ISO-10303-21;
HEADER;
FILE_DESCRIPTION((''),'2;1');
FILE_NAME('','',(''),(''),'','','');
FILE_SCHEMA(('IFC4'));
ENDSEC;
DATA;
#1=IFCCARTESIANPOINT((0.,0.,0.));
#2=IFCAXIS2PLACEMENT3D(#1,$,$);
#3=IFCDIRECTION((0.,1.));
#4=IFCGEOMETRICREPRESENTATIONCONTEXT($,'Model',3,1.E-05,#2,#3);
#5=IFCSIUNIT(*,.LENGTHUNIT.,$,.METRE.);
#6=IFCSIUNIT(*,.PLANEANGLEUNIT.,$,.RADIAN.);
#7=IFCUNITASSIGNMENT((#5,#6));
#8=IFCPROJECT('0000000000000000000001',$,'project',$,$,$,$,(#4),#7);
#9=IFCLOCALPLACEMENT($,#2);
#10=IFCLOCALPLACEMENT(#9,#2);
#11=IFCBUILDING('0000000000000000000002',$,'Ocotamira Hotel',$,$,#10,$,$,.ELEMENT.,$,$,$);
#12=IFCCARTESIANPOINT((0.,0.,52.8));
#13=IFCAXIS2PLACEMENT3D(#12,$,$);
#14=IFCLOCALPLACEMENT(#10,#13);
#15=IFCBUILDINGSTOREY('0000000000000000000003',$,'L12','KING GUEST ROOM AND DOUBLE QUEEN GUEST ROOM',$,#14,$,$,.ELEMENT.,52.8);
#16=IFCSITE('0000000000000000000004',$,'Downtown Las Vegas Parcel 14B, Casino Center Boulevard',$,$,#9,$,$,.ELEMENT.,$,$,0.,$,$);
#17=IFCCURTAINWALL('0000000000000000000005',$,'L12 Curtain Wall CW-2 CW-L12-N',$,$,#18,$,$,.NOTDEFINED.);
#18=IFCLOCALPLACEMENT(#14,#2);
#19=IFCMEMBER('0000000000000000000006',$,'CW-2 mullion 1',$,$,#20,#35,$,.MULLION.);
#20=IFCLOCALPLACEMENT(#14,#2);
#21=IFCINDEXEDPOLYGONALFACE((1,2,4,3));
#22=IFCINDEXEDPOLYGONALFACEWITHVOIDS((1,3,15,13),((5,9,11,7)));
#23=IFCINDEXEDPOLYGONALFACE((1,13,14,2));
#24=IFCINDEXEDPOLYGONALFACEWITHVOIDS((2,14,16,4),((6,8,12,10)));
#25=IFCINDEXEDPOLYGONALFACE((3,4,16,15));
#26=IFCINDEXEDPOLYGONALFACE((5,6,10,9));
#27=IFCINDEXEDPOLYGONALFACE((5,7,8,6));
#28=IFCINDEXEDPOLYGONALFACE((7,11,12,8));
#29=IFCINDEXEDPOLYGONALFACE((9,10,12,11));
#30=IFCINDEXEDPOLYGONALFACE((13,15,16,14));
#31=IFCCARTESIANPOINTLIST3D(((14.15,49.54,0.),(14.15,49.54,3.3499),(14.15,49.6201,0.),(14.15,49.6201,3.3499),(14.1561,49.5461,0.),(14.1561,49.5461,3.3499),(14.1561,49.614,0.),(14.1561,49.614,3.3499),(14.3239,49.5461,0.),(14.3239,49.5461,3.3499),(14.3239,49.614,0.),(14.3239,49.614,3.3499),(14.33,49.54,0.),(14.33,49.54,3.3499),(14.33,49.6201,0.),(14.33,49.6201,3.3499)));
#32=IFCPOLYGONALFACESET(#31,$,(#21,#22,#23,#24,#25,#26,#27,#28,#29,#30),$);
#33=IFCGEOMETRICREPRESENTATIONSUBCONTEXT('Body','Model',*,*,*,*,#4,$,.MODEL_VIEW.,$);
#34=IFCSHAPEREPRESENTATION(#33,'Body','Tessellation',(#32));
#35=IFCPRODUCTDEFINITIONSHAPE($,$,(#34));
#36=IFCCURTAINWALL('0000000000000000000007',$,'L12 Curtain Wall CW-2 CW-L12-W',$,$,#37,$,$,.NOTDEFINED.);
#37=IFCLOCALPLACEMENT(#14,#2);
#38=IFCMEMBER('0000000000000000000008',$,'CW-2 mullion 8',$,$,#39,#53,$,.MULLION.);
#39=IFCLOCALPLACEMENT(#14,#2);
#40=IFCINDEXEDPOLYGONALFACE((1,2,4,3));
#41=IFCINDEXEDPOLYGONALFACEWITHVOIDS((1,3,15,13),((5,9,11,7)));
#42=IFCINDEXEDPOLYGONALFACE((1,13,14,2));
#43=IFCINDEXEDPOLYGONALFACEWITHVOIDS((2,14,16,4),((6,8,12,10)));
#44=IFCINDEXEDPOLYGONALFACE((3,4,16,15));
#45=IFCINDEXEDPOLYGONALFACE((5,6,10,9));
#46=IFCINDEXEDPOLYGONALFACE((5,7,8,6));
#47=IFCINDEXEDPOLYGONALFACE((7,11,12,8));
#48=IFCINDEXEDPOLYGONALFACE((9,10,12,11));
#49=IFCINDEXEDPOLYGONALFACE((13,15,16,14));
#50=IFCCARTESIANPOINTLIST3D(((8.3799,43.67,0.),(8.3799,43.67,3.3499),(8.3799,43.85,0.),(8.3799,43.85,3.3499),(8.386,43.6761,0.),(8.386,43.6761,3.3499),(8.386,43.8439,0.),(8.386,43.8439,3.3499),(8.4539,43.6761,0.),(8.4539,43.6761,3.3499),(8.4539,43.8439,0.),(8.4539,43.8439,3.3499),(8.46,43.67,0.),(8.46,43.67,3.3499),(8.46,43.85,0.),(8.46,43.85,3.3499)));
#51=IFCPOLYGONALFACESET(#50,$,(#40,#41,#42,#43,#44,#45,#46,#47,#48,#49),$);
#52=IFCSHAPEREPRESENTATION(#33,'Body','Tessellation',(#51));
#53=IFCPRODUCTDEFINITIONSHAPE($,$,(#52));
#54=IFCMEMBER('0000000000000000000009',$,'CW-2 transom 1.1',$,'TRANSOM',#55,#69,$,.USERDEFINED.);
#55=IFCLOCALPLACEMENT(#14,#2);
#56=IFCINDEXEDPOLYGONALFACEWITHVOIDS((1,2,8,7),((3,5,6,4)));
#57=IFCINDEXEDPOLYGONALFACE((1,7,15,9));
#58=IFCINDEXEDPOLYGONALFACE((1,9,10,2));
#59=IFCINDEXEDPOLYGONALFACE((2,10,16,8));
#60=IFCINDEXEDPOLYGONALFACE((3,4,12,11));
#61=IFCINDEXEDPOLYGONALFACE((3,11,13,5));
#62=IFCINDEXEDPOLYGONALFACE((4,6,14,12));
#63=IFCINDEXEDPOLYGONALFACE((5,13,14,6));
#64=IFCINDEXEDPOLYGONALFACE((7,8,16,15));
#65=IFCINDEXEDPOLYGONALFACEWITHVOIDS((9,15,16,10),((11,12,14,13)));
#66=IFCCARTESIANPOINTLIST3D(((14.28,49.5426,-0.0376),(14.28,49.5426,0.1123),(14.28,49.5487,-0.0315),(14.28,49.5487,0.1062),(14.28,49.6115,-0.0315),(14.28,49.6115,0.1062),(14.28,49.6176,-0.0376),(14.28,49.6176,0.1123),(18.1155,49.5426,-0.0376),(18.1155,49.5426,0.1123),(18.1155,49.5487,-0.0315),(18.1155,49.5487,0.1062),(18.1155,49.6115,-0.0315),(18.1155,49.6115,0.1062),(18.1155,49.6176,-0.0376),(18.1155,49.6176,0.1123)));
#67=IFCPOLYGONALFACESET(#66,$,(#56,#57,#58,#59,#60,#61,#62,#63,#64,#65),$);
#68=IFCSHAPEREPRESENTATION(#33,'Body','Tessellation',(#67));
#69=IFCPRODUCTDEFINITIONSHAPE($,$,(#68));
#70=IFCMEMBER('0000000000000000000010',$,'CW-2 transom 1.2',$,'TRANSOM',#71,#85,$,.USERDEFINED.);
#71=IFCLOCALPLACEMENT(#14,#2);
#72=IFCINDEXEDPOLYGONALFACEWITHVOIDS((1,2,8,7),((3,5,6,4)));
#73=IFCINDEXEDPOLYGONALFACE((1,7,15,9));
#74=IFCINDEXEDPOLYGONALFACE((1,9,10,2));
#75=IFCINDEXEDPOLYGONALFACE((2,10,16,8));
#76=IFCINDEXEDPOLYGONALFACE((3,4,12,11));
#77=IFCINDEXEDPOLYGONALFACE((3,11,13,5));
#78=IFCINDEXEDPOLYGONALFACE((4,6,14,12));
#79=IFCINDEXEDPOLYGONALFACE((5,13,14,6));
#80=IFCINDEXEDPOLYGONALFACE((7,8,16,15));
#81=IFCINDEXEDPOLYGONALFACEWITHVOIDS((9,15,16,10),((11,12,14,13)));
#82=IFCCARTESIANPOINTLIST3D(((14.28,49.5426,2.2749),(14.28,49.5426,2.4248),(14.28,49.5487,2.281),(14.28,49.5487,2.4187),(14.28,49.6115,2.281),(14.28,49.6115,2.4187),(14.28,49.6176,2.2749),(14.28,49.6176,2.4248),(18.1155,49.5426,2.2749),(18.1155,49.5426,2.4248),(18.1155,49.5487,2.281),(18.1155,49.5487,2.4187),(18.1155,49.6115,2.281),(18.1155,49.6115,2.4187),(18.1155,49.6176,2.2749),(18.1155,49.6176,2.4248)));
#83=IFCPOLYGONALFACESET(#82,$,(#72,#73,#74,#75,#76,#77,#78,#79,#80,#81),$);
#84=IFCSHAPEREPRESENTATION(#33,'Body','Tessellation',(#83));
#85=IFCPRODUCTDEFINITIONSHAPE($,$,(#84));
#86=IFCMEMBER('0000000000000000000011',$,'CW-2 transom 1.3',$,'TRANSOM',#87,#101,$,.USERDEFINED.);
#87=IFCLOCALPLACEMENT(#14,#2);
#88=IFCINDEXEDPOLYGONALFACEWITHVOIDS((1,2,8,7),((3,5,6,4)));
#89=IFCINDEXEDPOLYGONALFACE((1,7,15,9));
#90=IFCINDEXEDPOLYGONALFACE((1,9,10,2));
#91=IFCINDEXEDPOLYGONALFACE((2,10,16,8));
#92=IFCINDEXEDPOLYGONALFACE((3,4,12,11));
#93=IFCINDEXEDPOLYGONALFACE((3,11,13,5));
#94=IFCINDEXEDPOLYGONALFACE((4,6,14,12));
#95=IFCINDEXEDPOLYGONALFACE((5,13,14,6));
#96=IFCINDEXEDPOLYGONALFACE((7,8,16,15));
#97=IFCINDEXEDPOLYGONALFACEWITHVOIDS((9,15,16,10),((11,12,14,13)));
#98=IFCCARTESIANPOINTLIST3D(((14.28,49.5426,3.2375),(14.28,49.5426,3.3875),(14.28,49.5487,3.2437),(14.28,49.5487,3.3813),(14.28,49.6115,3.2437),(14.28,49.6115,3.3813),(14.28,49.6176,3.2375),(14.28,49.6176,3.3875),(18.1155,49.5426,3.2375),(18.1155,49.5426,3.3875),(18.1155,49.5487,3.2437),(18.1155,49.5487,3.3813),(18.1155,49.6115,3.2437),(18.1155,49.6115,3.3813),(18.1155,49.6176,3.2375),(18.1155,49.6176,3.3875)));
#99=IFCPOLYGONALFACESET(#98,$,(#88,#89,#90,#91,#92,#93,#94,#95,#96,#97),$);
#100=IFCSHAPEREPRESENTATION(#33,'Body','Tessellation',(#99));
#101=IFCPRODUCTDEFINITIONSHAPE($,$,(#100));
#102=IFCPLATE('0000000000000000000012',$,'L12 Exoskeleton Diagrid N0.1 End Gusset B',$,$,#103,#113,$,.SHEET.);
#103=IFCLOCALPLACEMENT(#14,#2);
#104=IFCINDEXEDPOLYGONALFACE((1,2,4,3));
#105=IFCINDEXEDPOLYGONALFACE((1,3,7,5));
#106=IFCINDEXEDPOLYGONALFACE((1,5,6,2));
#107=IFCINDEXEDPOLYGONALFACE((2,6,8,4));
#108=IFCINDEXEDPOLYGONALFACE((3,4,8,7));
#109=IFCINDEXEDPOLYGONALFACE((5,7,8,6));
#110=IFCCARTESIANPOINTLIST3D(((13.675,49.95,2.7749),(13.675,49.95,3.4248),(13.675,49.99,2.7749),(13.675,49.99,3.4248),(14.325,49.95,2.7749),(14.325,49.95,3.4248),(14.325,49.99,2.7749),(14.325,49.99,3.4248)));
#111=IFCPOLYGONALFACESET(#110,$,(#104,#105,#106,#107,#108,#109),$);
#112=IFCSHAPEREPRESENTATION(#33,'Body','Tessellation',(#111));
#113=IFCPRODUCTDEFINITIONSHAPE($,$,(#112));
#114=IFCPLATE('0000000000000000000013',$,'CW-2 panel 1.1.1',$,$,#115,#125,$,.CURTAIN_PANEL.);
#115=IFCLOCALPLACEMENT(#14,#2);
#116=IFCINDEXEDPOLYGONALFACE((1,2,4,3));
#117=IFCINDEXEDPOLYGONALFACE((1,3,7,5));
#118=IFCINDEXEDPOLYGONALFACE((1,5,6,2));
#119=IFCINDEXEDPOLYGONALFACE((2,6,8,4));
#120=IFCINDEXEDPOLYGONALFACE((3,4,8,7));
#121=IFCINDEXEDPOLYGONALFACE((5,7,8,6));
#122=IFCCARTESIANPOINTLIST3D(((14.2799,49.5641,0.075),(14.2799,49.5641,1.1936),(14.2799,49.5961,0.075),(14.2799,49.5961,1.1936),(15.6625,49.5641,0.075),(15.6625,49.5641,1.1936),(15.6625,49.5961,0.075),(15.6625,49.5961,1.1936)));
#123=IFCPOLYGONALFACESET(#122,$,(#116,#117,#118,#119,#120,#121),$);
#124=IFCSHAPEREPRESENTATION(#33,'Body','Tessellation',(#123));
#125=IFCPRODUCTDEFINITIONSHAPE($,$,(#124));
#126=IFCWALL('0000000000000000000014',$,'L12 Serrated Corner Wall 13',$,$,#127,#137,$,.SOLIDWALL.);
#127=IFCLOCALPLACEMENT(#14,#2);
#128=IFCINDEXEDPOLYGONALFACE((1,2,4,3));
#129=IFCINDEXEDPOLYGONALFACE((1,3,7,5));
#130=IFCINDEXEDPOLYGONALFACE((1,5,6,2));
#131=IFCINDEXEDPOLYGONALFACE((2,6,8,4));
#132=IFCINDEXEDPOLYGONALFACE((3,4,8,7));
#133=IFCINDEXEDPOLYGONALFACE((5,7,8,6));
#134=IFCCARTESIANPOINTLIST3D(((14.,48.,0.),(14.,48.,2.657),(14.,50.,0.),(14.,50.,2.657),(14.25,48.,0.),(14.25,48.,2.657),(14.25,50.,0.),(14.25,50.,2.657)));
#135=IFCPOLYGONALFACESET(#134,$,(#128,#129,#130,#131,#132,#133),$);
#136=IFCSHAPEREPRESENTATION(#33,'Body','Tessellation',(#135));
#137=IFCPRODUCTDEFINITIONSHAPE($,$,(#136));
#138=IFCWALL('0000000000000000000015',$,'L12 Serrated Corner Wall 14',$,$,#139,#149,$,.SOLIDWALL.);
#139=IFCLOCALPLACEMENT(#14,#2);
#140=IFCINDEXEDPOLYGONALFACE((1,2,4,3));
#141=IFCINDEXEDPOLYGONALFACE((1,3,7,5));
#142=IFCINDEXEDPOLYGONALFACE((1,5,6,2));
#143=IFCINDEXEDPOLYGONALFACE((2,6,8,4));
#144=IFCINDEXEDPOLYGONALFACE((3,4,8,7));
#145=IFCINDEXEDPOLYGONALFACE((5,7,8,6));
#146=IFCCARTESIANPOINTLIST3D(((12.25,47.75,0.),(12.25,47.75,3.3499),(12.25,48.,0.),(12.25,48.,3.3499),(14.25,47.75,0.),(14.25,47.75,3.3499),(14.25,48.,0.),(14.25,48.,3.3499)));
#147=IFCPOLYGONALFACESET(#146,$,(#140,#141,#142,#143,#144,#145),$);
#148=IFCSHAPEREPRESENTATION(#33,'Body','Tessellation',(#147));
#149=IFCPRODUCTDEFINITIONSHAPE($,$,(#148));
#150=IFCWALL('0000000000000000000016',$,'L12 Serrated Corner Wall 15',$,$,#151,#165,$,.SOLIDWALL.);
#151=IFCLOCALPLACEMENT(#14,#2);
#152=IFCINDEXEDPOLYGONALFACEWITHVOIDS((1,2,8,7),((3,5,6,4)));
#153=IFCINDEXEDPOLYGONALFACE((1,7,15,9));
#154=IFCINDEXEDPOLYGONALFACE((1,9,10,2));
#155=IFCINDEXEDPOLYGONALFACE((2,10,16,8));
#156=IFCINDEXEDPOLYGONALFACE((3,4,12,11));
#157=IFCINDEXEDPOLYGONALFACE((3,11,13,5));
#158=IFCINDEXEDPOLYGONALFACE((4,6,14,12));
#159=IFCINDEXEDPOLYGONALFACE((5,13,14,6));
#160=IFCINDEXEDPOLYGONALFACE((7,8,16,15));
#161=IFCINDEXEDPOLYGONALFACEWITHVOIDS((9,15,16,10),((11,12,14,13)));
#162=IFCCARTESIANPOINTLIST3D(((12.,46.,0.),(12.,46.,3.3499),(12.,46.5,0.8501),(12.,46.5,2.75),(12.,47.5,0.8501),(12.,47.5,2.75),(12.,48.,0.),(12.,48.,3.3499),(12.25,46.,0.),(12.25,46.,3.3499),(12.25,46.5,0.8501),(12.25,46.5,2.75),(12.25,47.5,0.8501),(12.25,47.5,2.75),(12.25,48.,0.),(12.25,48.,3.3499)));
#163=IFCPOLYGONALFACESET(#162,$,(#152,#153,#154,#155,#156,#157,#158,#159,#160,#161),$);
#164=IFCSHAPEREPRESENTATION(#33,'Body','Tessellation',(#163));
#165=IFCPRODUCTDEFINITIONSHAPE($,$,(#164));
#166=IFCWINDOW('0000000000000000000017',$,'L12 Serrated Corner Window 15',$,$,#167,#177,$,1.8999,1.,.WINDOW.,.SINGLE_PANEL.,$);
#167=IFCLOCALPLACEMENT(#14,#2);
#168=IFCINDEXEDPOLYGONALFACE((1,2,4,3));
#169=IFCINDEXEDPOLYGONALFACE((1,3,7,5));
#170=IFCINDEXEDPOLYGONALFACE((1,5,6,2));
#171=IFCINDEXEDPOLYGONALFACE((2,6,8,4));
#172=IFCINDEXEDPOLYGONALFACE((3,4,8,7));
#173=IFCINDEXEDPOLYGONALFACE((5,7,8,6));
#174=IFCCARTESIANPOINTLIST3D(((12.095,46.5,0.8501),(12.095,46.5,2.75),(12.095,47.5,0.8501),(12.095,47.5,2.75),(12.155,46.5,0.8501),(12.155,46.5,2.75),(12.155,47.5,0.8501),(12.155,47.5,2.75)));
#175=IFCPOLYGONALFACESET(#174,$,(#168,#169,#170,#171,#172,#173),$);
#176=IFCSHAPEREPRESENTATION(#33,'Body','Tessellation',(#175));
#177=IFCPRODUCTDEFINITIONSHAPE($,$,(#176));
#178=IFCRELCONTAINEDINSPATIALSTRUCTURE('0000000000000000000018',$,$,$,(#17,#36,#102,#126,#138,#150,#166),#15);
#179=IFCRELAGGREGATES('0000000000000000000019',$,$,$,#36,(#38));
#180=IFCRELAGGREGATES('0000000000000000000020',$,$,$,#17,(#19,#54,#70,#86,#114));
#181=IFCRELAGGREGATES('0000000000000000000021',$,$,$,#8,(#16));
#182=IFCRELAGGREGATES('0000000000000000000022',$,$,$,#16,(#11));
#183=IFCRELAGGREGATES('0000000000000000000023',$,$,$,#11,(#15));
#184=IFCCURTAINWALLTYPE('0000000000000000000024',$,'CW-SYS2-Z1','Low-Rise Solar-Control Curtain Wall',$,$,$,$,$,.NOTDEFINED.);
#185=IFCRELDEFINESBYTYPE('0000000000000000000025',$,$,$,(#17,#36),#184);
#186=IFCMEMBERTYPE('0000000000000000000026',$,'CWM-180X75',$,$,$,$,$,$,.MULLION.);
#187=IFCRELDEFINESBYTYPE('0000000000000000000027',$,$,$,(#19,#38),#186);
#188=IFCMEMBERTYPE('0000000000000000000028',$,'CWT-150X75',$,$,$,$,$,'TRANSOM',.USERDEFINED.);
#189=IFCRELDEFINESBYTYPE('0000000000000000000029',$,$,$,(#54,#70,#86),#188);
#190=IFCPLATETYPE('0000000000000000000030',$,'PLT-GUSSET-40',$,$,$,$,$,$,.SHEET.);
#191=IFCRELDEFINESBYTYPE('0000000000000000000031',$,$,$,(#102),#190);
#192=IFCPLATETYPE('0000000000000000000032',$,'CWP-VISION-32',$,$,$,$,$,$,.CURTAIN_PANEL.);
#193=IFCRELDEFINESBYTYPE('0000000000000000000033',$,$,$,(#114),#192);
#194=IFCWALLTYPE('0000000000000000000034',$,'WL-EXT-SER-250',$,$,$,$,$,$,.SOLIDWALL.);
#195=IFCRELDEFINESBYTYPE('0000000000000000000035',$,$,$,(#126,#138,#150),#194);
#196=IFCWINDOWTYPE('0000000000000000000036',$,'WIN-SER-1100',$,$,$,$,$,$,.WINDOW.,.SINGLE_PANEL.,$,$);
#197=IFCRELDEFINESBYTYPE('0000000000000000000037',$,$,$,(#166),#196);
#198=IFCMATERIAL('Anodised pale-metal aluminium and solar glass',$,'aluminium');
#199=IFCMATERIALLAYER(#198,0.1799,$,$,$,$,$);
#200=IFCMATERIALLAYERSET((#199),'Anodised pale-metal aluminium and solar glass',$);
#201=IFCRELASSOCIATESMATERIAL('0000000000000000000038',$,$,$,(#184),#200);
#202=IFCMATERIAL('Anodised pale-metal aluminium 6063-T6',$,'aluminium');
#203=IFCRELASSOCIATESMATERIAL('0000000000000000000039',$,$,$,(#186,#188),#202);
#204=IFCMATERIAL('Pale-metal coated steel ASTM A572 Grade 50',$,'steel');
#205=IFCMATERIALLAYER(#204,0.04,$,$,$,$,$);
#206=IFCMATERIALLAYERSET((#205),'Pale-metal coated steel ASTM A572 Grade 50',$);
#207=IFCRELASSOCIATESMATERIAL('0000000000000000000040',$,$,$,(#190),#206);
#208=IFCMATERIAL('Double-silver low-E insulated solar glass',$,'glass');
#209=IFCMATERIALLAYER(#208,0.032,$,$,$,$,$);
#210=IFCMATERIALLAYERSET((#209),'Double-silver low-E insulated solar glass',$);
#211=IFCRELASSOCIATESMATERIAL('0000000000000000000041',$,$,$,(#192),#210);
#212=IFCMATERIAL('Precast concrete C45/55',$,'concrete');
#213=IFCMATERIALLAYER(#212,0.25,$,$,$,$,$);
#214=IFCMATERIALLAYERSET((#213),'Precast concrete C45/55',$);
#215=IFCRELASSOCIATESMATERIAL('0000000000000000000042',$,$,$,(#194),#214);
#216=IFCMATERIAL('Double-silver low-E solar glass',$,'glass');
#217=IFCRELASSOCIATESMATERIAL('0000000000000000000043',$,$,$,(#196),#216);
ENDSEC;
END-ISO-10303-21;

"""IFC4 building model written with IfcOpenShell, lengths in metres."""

from ifc_helpers import new_model, si_unit, direction, frame, frame_2d, origin, origin_2d, place, context, subcontext, project, spatial, rectangle, hollow_rectangle, extrude, source, transform, mapped, material, layer, layer_set, material_profile, profile_set, type_object, element, fill, aggregate, save


model = new_model("IFC4")

# Units and contexts
model_context = context("Model", 3, precision=1e-05, world=origin(), true_north=direction((0.0, 1.0)))
body_context = subcontext(model_context, "Body", "Model", "MODEL_VIEW")
ifc_project = project(units=[si_unit("LENGTHUNIT", "METRE"), si_unit("PLANEANGLEUNIT", "RADIAN")], contexts=[model_context])

# Site, building, storey
site_placement = place(None, origin())
site = spatial("IfcSite", under=ifc_project, at=site_placement, Name="Downtown Las Vegas Parcel 14B, Casino Center Boulevard", CompositionType="ELEMENT", RefElevation=0.0)
building_placement = place(site_placement, origin())
building = spatial("IfcBuilding", under=site, at=building_placement, Name="Ocotamira Hotel", CompositionType="ELEMENT")
storey_placement = place(building_placement, frame((0.0, 0.0, 52.8)))
storey = spatial("IfcBuildingStorey", under=building, at=storey_placement, Name="L12", Description="KING GUEST ROOM AND DOUBLE QUEEN GUEST ROOM", CompositionType="ELEMENT", Elevation=52.8)

# Curtain walls, members
ifc_material_1 = material(Name="Anodised pale-metal aluminium and solar glass", Category="aluminium")
ifc_layer_1 = layer(ifc_material_1, 0.1799)
ifc_layer_set_1 = layer_set([ifc_layer_1], Name="Anodised pale-metal aluminium and solar glass")
curtain_wall_type = type_object("IfcCurtainWallType", Name="CW-SYS2-Z1", Description="Low-Rise Solar-Control Curtain Wall", PredefinedType="NOTDEFINED", material=ifc_layer_set_1)
curtain_wall_1_placement = place(storey_placement, origin())
curtain_wall_1 = element("IfcCurtainWall", 1, at=curtain_wall_1_placement, inside=storey, type_object=curtain_wall_type, Name="L12 Curtain Wall CW-2 CW-L12-N", PredefinedType="NOTDEFINED")
ifc_material_2 = material(Name="Anodised pale-metal aluminium 6063-T6", Category="aluminium")
ifc_material_profile_1 = material_profile(ifc_material_2, hollow_rectangle(XDim=0.0801, YDim=0.1799, WallThickness=0.0061, at=origin_2d()), Name="HSS180X80X6")
ifc_profile_set_1 = profile_set([ifc_material_profile_1], Name="Anodised pale-metal aluminium 6063-T6")
member_type_1 = type_object("IfcMemberType", Name="CWM-180X75", PredefinedType="MULLION", material=ifc_profile_set_1)
shared_shape_1 = source(origin(), body_context, "Body", "SweptSolid", [
    extrude(hollow_rectangle(XDim=0.0801, YDim=0.1799, WallThickness=0.0061, at=origin_2d()), origin(), (0.0, 0.0, 1.0), 3.3499),
])
member_1_placement = place(storey_placement, frame((14.24, 49.5801, 0.0), z_axis=(0.0, 0.0, 1.0), x_axis=(0.0, 1.0, 0.0)))
member_1 = element("IfcMember", 2, at=member_1_placement, type_object=member_type_1, Name="CW-2 mullion 1", PredefinedType="MULLION", context=body_context, shape_type="MappedRepresentation", body=[
    mapped(shared_shape_1, transform((0.0, 0.0, 0.0), scale=1.0)),
])
curtain_wall_2_placement = place(storey_placement, origin())
curtain_wall_2 = element("IfcCurtainWall", 3, at=curtain_wall_2_placement, inside=storey, type_object=curtain_wall_type, Name="L12 Curtain Wall CW-2 CW-L12-W", PredefinedType="NOTDEFINED")
member_2_placement = place(storey_placement, frame((8.4199, 43.76, 0.0), z_axis=(0.0, 0.0, 1.0), x_axis=(-1.0, 0.0, 0.0)))
member_2 = element("IfcMember", 4, at=member_2_placement, type_object=member_type_1, Name="CW-2 mullion 8", PredefinedType="MULLION", context=body_context, shape_type="MappedRepresentation", body=[
    mapped(shared_shape_1, transform((0.0, 0.0, 0.0), scale=1.0)),
])
aggregate(curtain_wall_2, [member_2])

# Members
ifc_material_profile_2 = material_profile(ifc_material_2, hollow_rectangle(XDim=0.075, YDim=0.1499, WallThickness=0.0061, at=origin_2d()), Name="HSS150X75X6")
ifc_profile_set_2 = profile_set([ifc_material_profile_2], Name="Anodised pale-metal aluminium 6063-T6")
member_type_2 = type_object("IfcMemberType", Name="CWT-150X75", ElementType="TRANSOM", PredefinedType="USERDEFINED", material=ifc_profile_set_2)
shared_shape_2 = source(origin(), body_context, "Body", "SweptSolid", [
    extrude(hollow_rectangle(XDim=0.075, YDim=0.1499, WallThickness=0.0061, at=origin_2d()), origin(), (0.0, 0.0, 1.0), 3.8354),
])
member_3_placement = place(storey_placement, frame((14.28, 49.5801, 0.0374), z_axis=(1.0, 0.0, 0.0), x_axis=(0.0, 1.0, 0.0)))
member_3 = element("IfcMember", 5, at=member_3_placement, type_object=member_type_2, Name="CW-2 transom 1.1", ObjectType="TRANSOM", PredefinedType="USERDEFINED", context=body_context, shape_type="MappedRepresentation", body=[
    mapped(shared_shape_2, transform((0.0, 0.0, 0.0), scale=1.0)),
])
member_4_placement = place(storey_placement, frame((14.28, 49.5801, 2.3499), z_axis=(1.0, 0.0, 0.0), x_axis=(0.0, 1.0, 0.0)))
member_4 = element("IfcMember", 6, at=member_4_placement, type_object=member_type_2, Name="CW-2 transom 1.2", ObjectType="TRANSOM", PredefinedType="USERDEFINED", context=body_context, shape_type="MappedRepresentation", body=[
    mapped(shared_shape_2, transform((0.0, 0.0, 0.0), scale=1.0)),
])
member_5_placement = place(storey_placement, frame((14.28, 49.5801, 3.3125), z_axis=(1.0, 0.0, 0.0), x_axis=(0.0, 1.0, 0.0)))
member_5 = element("IfcMember", 7, at=member_5_placement, type_object=member_type_2, Name="CW-2 transom 1.3", ObjectType="TRANSOM", PredefinedType="USERDEFINED", context=body_context, shape_type="MappedRepresentation", body=[
    mapped(shared_shape_2, transform((0.0, 0.0, 0.0), scale=1.0)),
])

# Plates
ifc_material_3 = material(Name="Pale-metal coated steel ASTM A572 Grade 50", Category="steel")
ifc_layer_2 = layer(ifc_material_3, 0.04)
ifc_layer_set_2 = layer_set([ifc_layer_2], Name="Pale-metal coated steel ASTM A572 Grade 50")
plate_type_1 = type_object("IfcPlateType", Name="PLT-GUSSET-40", PredefinedType="SHEET", material=ifc_layer_set_2)
shared_shape_3 = source(origin(), body_context, "Body", "SweptSolid", [
    extrude(rectangle(XDim=0.6499, YDim=0.04, at=origin_2d()), origin(), (0.0, 0.0, 1.0), 0.6499),
])
plate_1_placement = place(storey_placement, frame((14.0, 49.97, 2.7749), z_axis=(0.0, 0.0, 1.0), x_axis=(-1.0, 0.0, 0.0)))
element("IfcPlate", 8, at=plate_1_placement, inside=storey, type_object=plate_type_1, Name="L12 Exoskeleton Diagrid N0.1 End Gusset B", PredefinedType="SHEET", context=body_context, shape_type="MappedRepresentation", body=[
    mapped(shared_shape_3, transform((0.0, 0.0, 0.0), scale=1.0)),
])
ifc_material_4 = material(Name="Double-silver low-E insulated solar glass", Category="glass")
ifc_layer_3 = layer(ifc_material_4, 0.032)
ifc_layer_set_3 = layer_set([ifc_layer_3], Name="Double-silver low-E insulated solar glass")
plate_type_2 = type_object("IfcPlateType", Name="CWP-VISION-32", PredefinedType="CURTAIN_PANEL", material=ifc_layer_set_3)
shared_shape_4 = source(origin(), body_context, "Body", "SweptSolid", [
    extrude(rectangle(XDim=1.3826, YDim=0.032, at=origin_2d()), origin(), (0.0, 0.0, 1.0), 1.1187),
])
plate_2_placement = place(storey_placement, frame((14.9712, 49.5801, 0.075), z_axis=(0.0, 0.0, 1.0), x_axis=(1.0, 0.0, 0.0)))
plate_2 = element("IfcPlate", 9, at=plate_2_placement, type_object=plate_type_2, Name="CW-2 panel 1.1.1", PredefinedType="CURTAIN_PANEL", context=body_context, shape_type="MappedRepresentation", body=[
    mapped(shared_shape_4, transform((0.0, 0.0, 0.0), scale=1.0)),
])
aggregate(curtain_wall_1, [member_1, member_3, member_4, member_5, plate_2])

# Walls
ifc_material_5 = material(Name="Precast concrete C45/55", Category="concrete")
ifc_layer_4 = layer(ifc_material_5, 0.25)
ifc_layer_set_4 = layer_set([ifc_layer_4], Name="Precast concrete C45/55")
wall_type_1 = type_object("IfcWallType", Name="WL-EXT-SER-250", PredefinedType="SOLIDWALL", material=ifc_layer_set_4)
wall_1_placement = place(storey_placement, frame((14.125, 50.0, 0.0), z_axis=(0.0, 0.0, 1.0), x_axis=(0.0, -1.0, 0.0)))
element("IfcWall", 10, at=wall_1_placement, inside=storey, type_object=wall_type_1, Name="L12 Serrated Corner Wall 13", PredefinedType="SOLIDWALL", context=body_context, shape_type="SweptSolid", body=[
    extrude(rectangle(XDim=2.0, YDim=0.25, at=frame_2d((1.0, 0.0))), origin(), (0.0, 0.0, 1.0), 2.657),
])
wall_2_placement = place(storey_placement, frame((14.25, 47.875, 0.0), z_axis=(0.0, 0.0, 1.0), x_axis=(-1.0, 0.0, 0.0)))
element("IfcWall", 11, at=wall_2_placement, inside=storey, type_object=wall_type_1, Name="L12 Serrated Corner Wall 14", PredefinedType="SOLIDWALL", context=body_context, shape_type="SweptSolid", body=[
    extrude(rectangle(XDim=2.0, YDim=0.25, at=frame_2d((1.0, 0.0))), origin(), (0.0, 0.0, 1.0), 3.3499),
])

# Wall, opening, window
wall_3_placement = place(storey_placement, frame((12.125, 48.0, 0.0), z_axis=(0.0, 0.0, 1.0), x_axis=(0.0, -1.0, 0.0)))
wall_3 = element("IfcWall", 12, at=wall_3_placement, inside=storey, type_object=wall_type_1, Name="L12 Serrated Corner Wall 15", PredefinedType="SOLIDWALL", context=body_context, shape_type="SweptSolid", body=[
    extrude(rectangle(XDim=2.0, YDim=0.25, at=frame_2d((1.0, 0.0))), origin(), (0.0, 0.0, 1.0), 3.3499),
])
opening_1_placement = place(wall_3_placement, frame((0.5, 0.0, 0.8501)))
opening_1 = element("IfcOpeningElement", 13, at=opening_1_placement, cuts=wall_3, PredefinedType="OPENING", context=body_context, shape_type="SweptSolid", body=[
    extrude(rectangle(XDim=1.0, YDim=1.8999, at=frame_2d((0.5, 0.95))), frame((0.0, 0.135, 0.0), z_axis=(0.0, -1.0, 0.0), x_axis=(1.0, 0.0, 0.0)), (0.0, 0.0, 1.0), 0.27),
])
ifc_material_6 = material(Name="Double-silver low-E solar glass", Category="glass")
window_type = type_object("IfcWindowType", Name="WIN-SER-1100", PartitioningType="SINGLE_PANEL", PredefinedType="WINDOW", material=ifc_material_6)
shared_shape_5 = source(origin(), body_context, "Body", "SweptSolid", [
    extrude(rectangle(XDim=1.0, YDim=1.8999, at=frame_2d((0.5, 0.95))), frame((0.0, 0.03, 0.0), z_axis=(0.0, -1.0, 0.0), x_axis=(1.0, 0.0, 0.0)), (0.0, 0.0, 1.0), 0.0601),
])
window_placement = place(opening_1_placement, origin())
window = element("IfcWindow", 14, at=window_placement, inside=storey, type_object=window_type, Name="L12 Serrated Corner Window 15", OverallHeight=1.8999, OverallWidth=1.0, PartitioningType="SINGLE_PANEL", PredefinedType="WINDOW", context=body_context, shape_type="MappedRepresentation", body=[
    mapped(shared_shape_5, transform((0.0, 0.0, 0.0), scale=1.0)),
])
fill(opening_1, window)

save(model, "model.ifc")
